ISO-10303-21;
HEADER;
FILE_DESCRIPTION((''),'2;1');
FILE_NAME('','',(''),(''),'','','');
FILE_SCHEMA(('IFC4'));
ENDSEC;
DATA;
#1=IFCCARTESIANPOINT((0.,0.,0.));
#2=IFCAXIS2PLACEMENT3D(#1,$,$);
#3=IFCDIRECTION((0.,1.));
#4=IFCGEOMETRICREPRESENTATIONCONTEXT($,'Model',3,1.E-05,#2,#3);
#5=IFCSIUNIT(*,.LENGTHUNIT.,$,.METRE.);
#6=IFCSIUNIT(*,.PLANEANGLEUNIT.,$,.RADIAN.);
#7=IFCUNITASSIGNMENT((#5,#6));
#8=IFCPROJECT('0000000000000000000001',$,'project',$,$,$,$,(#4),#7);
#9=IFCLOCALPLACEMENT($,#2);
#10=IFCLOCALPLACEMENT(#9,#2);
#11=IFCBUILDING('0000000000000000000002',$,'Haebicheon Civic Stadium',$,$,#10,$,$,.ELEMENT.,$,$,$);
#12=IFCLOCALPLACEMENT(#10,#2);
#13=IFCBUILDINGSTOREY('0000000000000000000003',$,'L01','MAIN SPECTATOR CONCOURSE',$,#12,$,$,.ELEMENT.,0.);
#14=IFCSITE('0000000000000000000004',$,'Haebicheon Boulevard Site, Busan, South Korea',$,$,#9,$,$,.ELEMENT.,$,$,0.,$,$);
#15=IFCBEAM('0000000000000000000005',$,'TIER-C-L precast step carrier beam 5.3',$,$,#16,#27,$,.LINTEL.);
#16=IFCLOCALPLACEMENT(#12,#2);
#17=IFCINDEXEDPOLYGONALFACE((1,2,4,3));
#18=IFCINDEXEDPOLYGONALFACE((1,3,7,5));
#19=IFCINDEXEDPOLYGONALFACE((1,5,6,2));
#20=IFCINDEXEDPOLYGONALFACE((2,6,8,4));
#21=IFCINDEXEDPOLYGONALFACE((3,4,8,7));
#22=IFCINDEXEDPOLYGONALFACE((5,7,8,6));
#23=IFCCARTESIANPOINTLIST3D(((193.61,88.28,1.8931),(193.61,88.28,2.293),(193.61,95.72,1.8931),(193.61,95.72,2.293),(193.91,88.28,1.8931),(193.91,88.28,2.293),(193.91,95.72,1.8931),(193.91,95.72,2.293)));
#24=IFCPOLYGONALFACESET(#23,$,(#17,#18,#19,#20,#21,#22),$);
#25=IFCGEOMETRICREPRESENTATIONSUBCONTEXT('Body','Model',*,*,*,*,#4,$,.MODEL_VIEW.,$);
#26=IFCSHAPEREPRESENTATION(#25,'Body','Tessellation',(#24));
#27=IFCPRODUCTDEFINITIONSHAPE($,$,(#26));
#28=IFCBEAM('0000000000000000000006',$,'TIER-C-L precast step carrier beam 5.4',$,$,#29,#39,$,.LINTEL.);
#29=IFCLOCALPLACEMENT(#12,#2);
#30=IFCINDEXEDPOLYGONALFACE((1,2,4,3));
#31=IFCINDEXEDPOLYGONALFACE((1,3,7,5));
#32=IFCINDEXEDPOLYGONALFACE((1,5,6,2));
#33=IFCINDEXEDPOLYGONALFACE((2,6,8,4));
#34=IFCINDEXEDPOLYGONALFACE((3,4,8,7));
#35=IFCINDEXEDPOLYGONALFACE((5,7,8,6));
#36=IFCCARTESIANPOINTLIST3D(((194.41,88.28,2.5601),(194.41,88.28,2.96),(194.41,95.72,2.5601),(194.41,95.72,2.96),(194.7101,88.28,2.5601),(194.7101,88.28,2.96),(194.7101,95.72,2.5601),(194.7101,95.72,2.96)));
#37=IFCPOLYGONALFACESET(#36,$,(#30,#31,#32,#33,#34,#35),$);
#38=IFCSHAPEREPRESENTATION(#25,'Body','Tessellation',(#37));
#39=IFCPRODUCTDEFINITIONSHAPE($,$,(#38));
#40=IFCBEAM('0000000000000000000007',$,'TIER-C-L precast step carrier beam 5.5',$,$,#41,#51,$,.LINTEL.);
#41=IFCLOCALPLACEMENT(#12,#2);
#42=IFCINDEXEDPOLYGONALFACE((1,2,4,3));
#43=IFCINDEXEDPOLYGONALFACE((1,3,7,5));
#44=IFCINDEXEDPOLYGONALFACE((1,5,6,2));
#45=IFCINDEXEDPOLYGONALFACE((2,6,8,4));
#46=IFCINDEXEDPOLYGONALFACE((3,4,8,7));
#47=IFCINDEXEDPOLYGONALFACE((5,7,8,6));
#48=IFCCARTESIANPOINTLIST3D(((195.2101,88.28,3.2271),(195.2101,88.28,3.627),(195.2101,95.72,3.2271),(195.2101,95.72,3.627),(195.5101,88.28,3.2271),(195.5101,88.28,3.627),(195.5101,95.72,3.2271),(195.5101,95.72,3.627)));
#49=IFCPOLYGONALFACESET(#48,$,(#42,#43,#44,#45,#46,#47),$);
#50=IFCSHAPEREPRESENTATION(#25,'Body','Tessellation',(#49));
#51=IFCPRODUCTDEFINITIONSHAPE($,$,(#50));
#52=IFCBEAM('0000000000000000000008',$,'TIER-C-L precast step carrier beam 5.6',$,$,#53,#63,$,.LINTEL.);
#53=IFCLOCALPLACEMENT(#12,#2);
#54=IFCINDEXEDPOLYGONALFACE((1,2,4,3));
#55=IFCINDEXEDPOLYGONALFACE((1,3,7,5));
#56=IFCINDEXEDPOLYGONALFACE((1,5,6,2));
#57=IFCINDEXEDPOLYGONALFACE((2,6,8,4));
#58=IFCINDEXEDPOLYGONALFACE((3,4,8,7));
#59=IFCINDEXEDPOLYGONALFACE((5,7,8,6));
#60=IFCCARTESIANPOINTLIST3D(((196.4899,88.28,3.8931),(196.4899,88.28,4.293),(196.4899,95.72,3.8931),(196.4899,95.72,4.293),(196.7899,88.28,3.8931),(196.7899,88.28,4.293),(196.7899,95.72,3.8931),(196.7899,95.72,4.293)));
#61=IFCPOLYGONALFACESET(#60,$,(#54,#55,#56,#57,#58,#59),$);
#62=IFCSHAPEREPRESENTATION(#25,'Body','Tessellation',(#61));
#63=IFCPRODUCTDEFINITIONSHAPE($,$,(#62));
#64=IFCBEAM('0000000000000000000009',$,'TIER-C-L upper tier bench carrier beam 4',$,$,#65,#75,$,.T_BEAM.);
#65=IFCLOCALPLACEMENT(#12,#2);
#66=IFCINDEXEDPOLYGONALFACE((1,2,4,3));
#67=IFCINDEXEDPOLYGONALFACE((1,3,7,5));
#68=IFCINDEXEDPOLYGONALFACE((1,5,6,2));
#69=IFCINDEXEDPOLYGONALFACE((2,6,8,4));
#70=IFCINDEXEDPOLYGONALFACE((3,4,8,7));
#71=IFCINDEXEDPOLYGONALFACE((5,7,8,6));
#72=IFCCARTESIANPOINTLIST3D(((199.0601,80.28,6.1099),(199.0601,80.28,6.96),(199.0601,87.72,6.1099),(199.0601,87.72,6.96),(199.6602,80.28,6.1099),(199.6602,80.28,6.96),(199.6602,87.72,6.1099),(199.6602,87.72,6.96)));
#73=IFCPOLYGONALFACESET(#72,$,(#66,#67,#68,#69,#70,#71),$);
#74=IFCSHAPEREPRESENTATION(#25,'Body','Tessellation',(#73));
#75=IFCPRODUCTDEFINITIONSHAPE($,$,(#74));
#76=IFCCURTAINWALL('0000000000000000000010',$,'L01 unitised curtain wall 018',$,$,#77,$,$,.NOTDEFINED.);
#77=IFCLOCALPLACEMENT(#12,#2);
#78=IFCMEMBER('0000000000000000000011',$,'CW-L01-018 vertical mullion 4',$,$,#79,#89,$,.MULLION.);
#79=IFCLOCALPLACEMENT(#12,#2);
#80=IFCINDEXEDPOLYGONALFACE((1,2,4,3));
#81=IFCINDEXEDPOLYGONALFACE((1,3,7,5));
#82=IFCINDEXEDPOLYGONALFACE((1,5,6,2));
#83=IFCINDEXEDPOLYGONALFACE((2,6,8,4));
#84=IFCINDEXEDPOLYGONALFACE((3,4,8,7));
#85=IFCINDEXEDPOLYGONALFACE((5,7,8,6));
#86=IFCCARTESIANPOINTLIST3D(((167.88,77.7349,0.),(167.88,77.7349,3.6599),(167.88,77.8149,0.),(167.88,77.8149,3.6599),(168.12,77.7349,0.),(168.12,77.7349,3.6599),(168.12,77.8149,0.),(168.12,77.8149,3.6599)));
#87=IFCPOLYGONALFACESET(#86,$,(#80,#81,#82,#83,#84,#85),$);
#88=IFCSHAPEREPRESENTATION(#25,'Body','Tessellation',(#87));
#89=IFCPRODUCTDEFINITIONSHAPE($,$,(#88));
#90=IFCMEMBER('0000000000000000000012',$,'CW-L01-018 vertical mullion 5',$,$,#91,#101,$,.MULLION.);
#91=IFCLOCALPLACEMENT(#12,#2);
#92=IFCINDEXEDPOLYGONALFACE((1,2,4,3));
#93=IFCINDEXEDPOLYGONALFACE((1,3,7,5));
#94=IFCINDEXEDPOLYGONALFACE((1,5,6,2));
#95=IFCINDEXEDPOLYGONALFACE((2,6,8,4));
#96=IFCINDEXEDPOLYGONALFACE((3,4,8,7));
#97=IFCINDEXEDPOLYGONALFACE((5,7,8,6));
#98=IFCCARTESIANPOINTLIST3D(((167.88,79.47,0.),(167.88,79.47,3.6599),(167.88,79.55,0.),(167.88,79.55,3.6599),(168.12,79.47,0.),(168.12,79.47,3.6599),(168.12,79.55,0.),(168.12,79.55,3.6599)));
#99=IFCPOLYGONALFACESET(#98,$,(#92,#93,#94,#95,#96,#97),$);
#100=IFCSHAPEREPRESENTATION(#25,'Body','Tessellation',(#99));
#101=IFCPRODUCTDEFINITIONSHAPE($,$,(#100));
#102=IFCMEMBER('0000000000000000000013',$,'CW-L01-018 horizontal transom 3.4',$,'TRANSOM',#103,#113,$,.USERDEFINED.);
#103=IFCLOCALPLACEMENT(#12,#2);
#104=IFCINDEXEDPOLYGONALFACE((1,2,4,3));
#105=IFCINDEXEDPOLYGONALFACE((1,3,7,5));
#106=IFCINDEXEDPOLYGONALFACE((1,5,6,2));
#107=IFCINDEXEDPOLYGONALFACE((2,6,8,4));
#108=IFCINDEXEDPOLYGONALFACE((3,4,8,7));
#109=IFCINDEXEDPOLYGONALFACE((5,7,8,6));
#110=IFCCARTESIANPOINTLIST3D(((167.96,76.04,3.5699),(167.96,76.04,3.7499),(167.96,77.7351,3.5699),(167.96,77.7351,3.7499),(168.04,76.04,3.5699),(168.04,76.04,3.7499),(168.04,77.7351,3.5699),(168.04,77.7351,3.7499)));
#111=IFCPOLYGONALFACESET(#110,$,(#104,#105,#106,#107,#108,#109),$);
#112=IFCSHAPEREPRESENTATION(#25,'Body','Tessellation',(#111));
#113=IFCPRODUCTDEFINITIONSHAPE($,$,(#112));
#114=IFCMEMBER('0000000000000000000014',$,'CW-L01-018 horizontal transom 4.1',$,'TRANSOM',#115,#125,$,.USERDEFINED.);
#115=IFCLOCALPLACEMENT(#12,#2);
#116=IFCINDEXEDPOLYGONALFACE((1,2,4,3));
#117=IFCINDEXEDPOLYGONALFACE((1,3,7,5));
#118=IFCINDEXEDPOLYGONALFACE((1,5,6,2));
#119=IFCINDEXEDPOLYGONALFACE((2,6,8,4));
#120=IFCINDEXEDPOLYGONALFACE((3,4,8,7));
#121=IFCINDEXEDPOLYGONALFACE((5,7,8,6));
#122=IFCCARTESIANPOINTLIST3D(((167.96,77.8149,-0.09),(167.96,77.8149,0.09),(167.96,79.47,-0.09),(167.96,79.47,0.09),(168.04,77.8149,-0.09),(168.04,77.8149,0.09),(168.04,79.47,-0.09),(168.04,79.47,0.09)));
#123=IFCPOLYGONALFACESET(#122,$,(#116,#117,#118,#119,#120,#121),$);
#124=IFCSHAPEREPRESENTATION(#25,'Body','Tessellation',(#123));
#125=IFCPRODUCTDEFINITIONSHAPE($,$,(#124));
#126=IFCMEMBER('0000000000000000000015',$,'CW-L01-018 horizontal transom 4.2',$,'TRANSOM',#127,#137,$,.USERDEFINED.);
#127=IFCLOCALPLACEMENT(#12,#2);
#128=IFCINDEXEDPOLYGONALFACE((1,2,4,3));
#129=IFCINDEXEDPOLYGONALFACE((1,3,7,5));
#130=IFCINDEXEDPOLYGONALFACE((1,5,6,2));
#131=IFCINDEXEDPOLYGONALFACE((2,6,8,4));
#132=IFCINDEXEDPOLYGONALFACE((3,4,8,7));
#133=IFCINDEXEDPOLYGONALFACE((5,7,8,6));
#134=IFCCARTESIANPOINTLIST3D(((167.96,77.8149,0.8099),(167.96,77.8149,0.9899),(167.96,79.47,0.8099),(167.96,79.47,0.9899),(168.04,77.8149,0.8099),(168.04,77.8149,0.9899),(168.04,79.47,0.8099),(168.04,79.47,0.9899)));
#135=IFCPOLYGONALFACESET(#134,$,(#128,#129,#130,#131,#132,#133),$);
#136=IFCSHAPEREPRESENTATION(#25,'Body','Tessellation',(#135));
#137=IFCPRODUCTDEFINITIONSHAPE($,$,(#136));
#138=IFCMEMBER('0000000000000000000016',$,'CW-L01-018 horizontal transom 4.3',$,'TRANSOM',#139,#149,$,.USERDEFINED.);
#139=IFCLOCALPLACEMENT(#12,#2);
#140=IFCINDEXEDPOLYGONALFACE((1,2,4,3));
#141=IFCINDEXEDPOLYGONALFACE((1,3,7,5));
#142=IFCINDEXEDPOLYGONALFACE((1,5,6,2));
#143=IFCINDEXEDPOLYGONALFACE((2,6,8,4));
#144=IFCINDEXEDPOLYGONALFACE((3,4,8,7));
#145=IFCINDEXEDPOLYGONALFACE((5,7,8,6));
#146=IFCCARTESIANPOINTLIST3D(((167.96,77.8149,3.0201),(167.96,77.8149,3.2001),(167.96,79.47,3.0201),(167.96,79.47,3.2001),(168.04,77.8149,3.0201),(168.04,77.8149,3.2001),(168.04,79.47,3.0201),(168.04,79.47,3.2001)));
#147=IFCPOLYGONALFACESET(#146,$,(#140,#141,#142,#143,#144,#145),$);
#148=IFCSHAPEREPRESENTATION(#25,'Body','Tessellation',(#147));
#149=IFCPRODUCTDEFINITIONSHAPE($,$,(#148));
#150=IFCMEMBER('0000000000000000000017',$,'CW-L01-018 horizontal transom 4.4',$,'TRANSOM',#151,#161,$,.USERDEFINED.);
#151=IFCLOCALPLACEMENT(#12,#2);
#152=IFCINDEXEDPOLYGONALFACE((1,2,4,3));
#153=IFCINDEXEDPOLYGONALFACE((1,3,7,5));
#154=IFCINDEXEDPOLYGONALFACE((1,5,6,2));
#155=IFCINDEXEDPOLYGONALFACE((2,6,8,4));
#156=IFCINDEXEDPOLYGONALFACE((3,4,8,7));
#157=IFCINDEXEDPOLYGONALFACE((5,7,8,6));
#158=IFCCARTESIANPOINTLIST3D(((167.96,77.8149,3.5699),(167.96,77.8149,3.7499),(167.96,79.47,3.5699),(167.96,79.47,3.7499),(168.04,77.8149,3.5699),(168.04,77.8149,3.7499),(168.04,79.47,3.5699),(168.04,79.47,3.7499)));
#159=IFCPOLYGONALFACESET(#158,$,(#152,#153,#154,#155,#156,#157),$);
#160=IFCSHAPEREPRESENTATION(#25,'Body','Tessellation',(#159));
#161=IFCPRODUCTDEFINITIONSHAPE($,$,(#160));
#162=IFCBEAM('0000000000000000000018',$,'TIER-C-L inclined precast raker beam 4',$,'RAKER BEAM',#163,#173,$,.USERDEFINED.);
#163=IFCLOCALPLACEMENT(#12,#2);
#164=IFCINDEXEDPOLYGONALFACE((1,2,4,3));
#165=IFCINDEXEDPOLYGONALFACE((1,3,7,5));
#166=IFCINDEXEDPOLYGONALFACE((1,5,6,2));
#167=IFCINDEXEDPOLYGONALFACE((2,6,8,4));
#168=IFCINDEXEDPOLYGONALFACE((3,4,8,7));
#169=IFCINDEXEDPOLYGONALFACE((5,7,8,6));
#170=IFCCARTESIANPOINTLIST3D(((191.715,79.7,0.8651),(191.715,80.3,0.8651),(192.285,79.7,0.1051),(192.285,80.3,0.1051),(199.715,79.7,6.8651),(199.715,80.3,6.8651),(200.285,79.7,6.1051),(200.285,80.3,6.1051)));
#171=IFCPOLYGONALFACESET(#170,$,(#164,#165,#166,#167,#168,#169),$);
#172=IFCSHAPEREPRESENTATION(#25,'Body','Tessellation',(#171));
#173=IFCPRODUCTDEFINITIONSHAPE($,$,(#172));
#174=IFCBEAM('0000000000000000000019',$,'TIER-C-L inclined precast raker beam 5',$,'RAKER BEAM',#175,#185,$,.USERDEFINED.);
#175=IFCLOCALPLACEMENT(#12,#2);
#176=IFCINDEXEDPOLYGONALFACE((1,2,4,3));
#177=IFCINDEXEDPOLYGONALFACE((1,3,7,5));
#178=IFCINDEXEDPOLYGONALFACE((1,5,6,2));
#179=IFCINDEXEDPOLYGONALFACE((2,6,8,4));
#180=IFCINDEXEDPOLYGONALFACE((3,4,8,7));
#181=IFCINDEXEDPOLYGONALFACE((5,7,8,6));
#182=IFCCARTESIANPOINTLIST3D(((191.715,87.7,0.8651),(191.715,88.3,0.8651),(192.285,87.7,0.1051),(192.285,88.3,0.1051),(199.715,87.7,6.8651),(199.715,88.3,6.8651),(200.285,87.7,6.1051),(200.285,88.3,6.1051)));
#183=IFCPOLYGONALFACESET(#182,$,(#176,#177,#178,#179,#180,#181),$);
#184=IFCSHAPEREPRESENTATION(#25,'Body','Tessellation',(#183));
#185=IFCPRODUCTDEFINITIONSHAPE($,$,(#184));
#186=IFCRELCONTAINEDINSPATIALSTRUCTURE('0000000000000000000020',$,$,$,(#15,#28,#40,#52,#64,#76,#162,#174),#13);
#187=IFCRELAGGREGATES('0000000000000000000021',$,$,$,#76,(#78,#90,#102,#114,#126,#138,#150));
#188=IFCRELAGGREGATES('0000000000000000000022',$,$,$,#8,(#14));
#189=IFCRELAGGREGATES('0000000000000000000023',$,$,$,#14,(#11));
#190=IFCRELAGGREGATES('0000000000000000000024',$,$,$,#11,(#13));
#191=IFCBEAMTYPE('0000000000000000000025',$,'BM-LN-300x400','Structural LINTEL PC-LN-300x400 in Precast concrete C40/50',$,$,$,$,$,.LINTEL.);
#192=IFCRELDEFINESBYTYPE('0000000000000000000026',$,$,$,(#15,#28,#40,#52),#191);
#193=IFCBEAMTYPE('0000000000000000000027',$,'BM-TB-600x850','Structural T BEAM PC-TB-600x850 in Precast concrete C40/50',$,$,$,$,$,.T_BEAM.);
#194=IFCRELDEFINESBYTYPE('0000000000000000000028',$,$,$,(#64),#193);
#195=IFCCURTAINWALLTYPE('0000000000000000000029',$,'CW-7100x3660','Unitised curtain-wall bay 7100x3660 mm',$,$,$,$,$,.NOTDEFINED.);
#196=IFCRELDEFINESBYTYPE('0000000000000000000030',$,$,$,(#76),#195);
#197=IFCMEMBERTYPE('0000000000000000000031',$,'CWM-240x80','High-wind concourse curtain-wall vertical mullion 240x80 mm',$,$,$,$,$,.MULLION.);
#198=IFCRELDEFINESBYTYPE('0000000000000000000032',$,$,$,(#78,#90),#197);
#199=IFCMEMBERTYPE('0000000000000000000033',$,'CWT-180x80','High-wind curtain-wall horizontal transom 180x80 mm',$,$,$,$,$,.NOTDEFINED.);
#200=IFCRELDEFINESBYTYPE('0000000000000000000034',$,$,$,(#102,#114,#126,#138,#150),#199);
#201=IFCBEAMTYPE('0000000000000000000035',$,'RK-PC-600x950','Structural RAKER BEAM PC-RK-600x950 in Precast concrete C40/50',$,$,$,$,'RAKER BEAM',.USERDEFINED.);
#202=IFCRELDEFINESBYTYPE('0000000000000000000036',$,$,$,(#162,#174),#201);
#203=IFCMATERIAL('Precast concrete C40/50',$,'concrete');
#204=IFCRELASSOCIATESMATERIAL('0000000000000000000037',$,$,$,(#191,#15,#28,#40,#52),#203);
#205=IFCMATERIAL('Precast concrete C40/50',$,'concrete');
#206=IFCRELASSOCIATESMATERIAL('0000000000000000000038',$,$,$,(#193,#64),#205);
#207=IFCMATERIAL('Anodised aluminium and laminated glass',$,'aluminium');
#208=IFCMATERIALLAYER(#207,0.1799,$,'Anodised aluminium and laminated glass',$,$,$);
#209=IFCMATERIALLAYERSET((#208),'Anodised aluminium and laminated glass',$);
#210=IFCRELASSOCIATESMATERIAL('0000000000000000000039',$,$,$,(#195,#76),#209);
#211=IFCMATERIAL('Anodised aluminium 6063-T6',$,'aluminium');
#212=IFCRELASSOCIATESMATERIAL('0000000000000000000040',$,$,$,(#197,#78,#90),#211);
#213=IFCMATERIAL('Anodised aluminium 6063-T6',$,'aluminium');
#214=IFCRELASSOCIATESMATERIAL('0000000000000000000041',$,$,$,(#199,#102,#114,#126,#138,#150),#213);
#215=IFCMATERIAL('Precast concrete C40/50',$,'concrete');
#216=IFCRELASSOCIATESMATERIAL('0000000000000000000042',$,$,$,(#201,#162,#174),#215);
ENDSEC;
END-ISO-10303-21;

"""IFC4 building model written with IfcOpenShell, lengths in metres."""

from ifc_helpers import new_model, si_unit, direction, frame, origin, origin_2d, place, context, subcontext, project, spatial, rectangle, extrude, material, layer, layer_set, material_profile, profile_set, type_object, element, aggregate, save


model = new_model("IFC4")

# Units and contexts
model_context = context("Model", 3, precision=1e-05, world=origin(), true_north=direction((0.0, 1.0)))
body_context = subcontext(model_context, "Body", "Model", "MODEL_VIEW")
ifc_project = project(units=[si_unit("LENGTHUNIT", "METRE"), si_unit("PLANEANGLEUNIT", "RADIAN")], contexts=[model_context])

# Site, building, storey
site_placement = place(None, origin())
site = spatial("IfcSite", under=ifc_project, at=site_placement, Name="Haebicheon Boulevard Site, Busan, South Korea", CompositionType="ELEMENT", RefElevation=0.0)
building_placement = place(site_placement, origin())
building = spatial("IfcBuilding", under=site, at=building_placement, Name="Haebicheon Civic Stadium", CompositionType="ELEMENT")
storey_placement = place(building_placement, origin())
storey = spatial("IfcBuildingStorey", under=building, at=storey_placement, Name="L01", Description="MAIN SPECTATOR CONCOURSE", CompositionType="ELEMENT", Elevation=0.0)

# Beams
ifc_material_1 = material(Name="Precast concrete C40/50", Category="concrete")
ifc_material_profile_1 = material_profile(ifc_material_1, rectangle(XDim=0.3, YDim=0.3999, at=origin_2d()), Name="PC-LN-300x400")
ifc_profile_set_1 = profile_set([ifc_material_profile_1], Name="Precast concrete C40/50")
beam_type_1 = type_object("IfcBeamType", Name="BM-LN-300x400", Description="Structural LINTEL PC-LN-300x400 in Precast concrete C40/50", PredefinedType="LINTEL", material=ifc_profile_set_1)
for number, where, z_axis, x_axis, name in (
    (1, (193.76, 88.28, 2.093), (0.0, 1.0, 0.0), (-1.0, 0.0, 0.0), "TIER-C-L precast step carrier beam 5.3"),
    (2, (194.5601, 88.28, 2.76), (0.0, 1.0, 0.0), (-1.0, 0.0, 0.0), "TIER-C-L precast step carrier beam 5.4"),
    (3, (195.3601, 88.28, 3.427), (0.0, 1.0, 0.0), (-1.0, 0.0, 0.0), "TIER-C-L precast step carrier beam 5.5"),
    (4, (196.6399, 88.28, 4.093), (0.0, 1.0, 0.0), (-1.0, 0.0, 0.0), "TIER-C-L precast step carrier beam 5.6"),
):
    element("IfcBeam", number, at=place(storey_placement, frame(where, z_axis=z_axis, x_axis=x_axis)), inside=storey, type_object=beam_type_1, material=ifc_profile_set_1, Name=name, PredefinedType="LINTEL", context=body_context, shape_type="SweptSolid", body=[
        extrude(rectangle(XDim=0.3, YDim=0.3999, at=origin_2d()), origin(), (0.0, 0.0, 1.0), 7.4399),
    ])
ifc_material_2 = material(Name="Precast concrete C40/50", Category="concrete")
ifc_material_profile_2 = material_profile(ifc_material_2, rectangle(XDim=0.6001, YDim=0.8501, at=origin_2d()), Name="PC-TB-600x850")
ifc_profile_set_2 = profile_set([ifc_material_profile_2], Name="Precast concrete C40/50")
beam_type_2 = type_object("IfcBeamType", Name="BM-TB-600x850", Description="Structural T BEAM PC-TB-600x850 in Precast concrete C40/50", PredefinedType="T_BEAM", material=ifc_profile_set_2)
beam_placement = place(storey_placement, frame((199.3601, 80.28, 6.5349), z_axis=(0.0, 1.0, 0.0), x_axis=(-1.0, 0.0, 0.0)))
element("IfcBeam", 5, at=beam_placement, inside=storey, type_object=beam_type_2, material=ifc_profile_set_2, Name="TIER-C-L upper tier bench carrier beam 4", PredefinedType="T_BEAM", context=body_context, shape_type="SweptSolid", body=[
    extrude(rectangle(XDim=0.6001, YDim=0.8501, at=origin_2d()), origin(), (0.0, 0.0, 1.0), 7.4399),
])

# Curtain wall, members
ifc_material_3 = material(Name="Anodised aluminium and laminated glass", Category="aluminium")
ifc_layer_1 = layer(ifc_material_3, 0.1799, Name="Anodised aluminium and laminated glass")
ifc_layer_set_1 = layer_set([ifc_layer_1], Name="Anodised aluminium and laminated glass")
curtain_wall_type = type_object("IfcCurtainWallType", Name="CW-7100x3660", Description="Unitised curtain-wall bay 7100x3660 mm", PredefinedType="NOTDEFINED", material=ifc_layer_set_1)
curtain_wall_placement = place(storey_placement, origin())
curtain_wall = element("IfcCurtainWall", 6, at=curtain_wall_placement, inside=storey, type_object=curtain_wall_type, material=ifc_layer_set_1, Name="L01 unitised curtain wall 018", PredefinedType="NOTDEFINED")
ifc_material_4 = material(Name="Anodised aluminium 6063-T6", Category="aluminium")
ifc_material_profile_3 = material_profile(ifc_material_4, rectangle(XDim=0.0801, YDim=0.24, at=origin_2d()), Name="ALU-MULL-80x240")
ifc_profile_set_3 = profile_set([ifc_material_profile_3], Name="Anodised aluminium 6063-T6")
member_type_1 = type_object("IfcMemberType", Name="CWM-240x80", Description="High-wind concourse curtain-wall vertical mullion 240x80 mm", PredefinedType="MULLION", material=ifc_profile_set_3)
member_1_placement = place(storey_placement, frame((168.0, 77.7749, 0.0), z_axis=(0.0, 0.0, 1.0), x_axis=(0.0, 1.0, 0.0)))
member_1 = element("IfcMember", 7, at=member_1_placement, type_object=member_type_1, material=ifc_profile_set_3, Name="CW-L01-018 vertical mullion 4", PredefinedType="MULLION", context=body_context, shape_type="SweptSolid", body=[
    extrude(rectangle(XDim=0.0801, YDim=0.24, at=origin_2d()), origin(), (0.0, 0.0, 1.0), 3.6599),
])
member_2_placement = place(storey_placement, frame((168.0, 79.51, 0.0), z_axis=(0.0, 0.0, 1.0), x_axis=(0.0, 1.0, 0.0)))
member_2 = element("IfcMember", 8, at=member_2_placement, type_object=member_type_1, material=ifc_profile_set_3, Name="CW-L01-018 vertical mullion 5", PredefinedType="MULLION", context=body_context, shape_type="SweptSolid", body=[
    extrude(rectangle(XDim=0.0801, YDim=0.24, at=origin_2d()), origin(), (0.0, 0.0, 1.0), 3.6599),
])
ifc_material_5 = material(Name="Anodised aluminium 6063-T6", Category="aluminium")
ifc_material_profile_4 = material_profile(ifc_material_5, rectangle(XDim=0.0801, YDim=0.1799, at=origin_2d()), Name="ALU-TRAN-80x180")
ifc_profile_set_4 = profile_set([ifc_material_profile_4], Name="Anodised aluminium 6063-T6")
member_type_2 = type_object("IfcMemberType", Name="CWT-180x80", Description="High-wind curtain-wall horizontal transom 180x80 mm", PredefinedType="NOTDEFINED", material=ifc_profile_set_4)
member_3_placement = place(storey_placement, frame((168.0, 76.04, 3.6599), z_axis=(0.0, 1.0, 0.0), x_axis=(-1.0, 0.0, 0.0)))
member_3 = element("IfcMember", 9, at=member_3_placement, type_object=member_type_2, material=ifc_profile_set_4, Name="CW-L01-018 horizontal transom 3.4", ObjectType="TRANSOM", PredefinedType="USERDEFINED", context=body_context, shape_type="SweptSolid", body=[
    extrude(rectangle(XDim=0.0801, YDim=0.1799, at=origin_2d()), origin(), (0.0, 0.0, 1.0), 1.6951),
])
member_4_placement = place(storey_placement, frame((168.0, 77.8149, 0.0), z_axis=(0.0, 1.0, 0.0), x_axis=(-1.0, 0.0, 0.0)))
member_4 = element("IfcMember", 10, at=member_4_placement, type_object=member_type_2, material=ifc_profile_set_4, Name="CW-L01-018 horizontal transom 4.1", ObjectType="TRANSOM", PredefinedType="USERDEFINED", context=body_context, shape_type="SweptSolid", body=[
    extrude(rectangle(XDim=0.0801, YDim=0.1799, at=origin_2d()), origin(), (0.0, 0.0, 1.0), 1.655),
])
member_5_placement = place(storey_placement, frame((168.0, 77.8149, 0.8999), z_axis=(0.0, 1.0, 0.0), x_axis=(-1.0, 0.0, 0.0)))
member_5 = element("IfcMember", 11, at=member_5_placement, type_object=member_type_2, material=ifc_profile_set_4, Name="CW-L01-018 horizontal transom 4.2", ObjectType="TRANSOM", PredefinedType="USERDEFINED", context=body_context, shape_type="SweptSolid", body=[
    extrude(rectangle(XDim=0.0801, YDim=0.1799, at=origin_2d()), origin(), (0.0, 0.0, 1.0), 1.655),
])
member_6_placement = place(storey_placement, frame((168.0, 77.8149, 3.1101), z_axis=(0.0, 1.0, 0.0), x_axis=(-1.0, 0.0, 0.0)))
member_6 = element("IfcMember", 12, at=member_6_placement, type_object=member_type_2, material=ifc_profile_set_4, Name="CW-L01-018 horizontal transom 4.3", ObjectType="TRANSOM", PredefinedType="USERDEFINED", context=body_context, shape_type="SweptSolid", body=[
    extrude(rectangle(XDim=0.0801, YDim=0.1799, at=origin_2d()), origin(), (0.0, 0.0, 1.0), 1.655),
])
member_7_placement = place(storey_placement, frame((168.0, 77.8149, 3.6599), z_axis=(0.0, 1.0, 0.0), x_axis=(-1.0, 0.0, 0.0)))
member_7 = element("IfcMember", 13, at=member_7_placement, type_object=member_type_2, material=ifc_profile_set_4, Name="CW-L01-018 horizontal transom 4.4", ObjectType="TRANSOM", PredefinedType="USERDEFINED", context=body_context, shape_type="SweptSolid", body=[
    extrude(rectangle(XDim=0.0801, YDim=0.1799, at=origin_2d()), origin(), (0.0, 0.0, 1.0), 1.655),
])

# Beams
ifc_material_6 = material(Name="Precast concrete C40/50", Category="concrete")
ifc_material_profile_5 = material_profile(ifc_material_6, rectangle(XDim=0.6001, YDim=0.95, at=origin_2d()), Name="PC-RK-600x950")
ifc_profile_set_5 = profile_set([ifc_material_profile_5], Name="Precast concrete C40/50")
beam_type_3 = type_object("IfcBeamType", Name="RK-PC-600x950", Description="Structural RAKER BEAM PC-RK-600x950 in Precast concrete C40/50", ElementType="RAKER BEAM", PredefinedType="USERDEFINED", material=ifc_profile_set_5)
for number, where, z_axis, x_axis, name in (
    (14, (192.0, 80.0, 0.4851), (0.8, 0.0, 0.6), (0.0, 1.0, 0.0), "TIER-C-L inclined precast raker beam 4"),
    (15, (192.0, 88.0, 0.4851), (0.8, 0.0, 0.6), (0.0, 1.0, 0.0), "TIER-C-L inclined precast raker beam 5"),
):
    element("IfcBeam", number, at=place(storey_placement, frame(where, z_axis=z_axis, x_axis=x_axis)), inside=storey, type_object=beam_type_3, material=ifc_profile_set_5, Name=name, ObjectType="RAKER BEAM", PredefinedType="USERDEFINED", context=body_context, shape_type="SweptSolid", body=[
        extrude(rectangle(XDim=0.6001, YDim=0.95, at=origin_2d()), origin(), (0.0, 0.0, 1.0), 10.0),
    ])

aggregate(curtain_wall, [member_1, member_2, member_3, member_4, member_5, member_6, member_7])

save(model, "model.ifc")
